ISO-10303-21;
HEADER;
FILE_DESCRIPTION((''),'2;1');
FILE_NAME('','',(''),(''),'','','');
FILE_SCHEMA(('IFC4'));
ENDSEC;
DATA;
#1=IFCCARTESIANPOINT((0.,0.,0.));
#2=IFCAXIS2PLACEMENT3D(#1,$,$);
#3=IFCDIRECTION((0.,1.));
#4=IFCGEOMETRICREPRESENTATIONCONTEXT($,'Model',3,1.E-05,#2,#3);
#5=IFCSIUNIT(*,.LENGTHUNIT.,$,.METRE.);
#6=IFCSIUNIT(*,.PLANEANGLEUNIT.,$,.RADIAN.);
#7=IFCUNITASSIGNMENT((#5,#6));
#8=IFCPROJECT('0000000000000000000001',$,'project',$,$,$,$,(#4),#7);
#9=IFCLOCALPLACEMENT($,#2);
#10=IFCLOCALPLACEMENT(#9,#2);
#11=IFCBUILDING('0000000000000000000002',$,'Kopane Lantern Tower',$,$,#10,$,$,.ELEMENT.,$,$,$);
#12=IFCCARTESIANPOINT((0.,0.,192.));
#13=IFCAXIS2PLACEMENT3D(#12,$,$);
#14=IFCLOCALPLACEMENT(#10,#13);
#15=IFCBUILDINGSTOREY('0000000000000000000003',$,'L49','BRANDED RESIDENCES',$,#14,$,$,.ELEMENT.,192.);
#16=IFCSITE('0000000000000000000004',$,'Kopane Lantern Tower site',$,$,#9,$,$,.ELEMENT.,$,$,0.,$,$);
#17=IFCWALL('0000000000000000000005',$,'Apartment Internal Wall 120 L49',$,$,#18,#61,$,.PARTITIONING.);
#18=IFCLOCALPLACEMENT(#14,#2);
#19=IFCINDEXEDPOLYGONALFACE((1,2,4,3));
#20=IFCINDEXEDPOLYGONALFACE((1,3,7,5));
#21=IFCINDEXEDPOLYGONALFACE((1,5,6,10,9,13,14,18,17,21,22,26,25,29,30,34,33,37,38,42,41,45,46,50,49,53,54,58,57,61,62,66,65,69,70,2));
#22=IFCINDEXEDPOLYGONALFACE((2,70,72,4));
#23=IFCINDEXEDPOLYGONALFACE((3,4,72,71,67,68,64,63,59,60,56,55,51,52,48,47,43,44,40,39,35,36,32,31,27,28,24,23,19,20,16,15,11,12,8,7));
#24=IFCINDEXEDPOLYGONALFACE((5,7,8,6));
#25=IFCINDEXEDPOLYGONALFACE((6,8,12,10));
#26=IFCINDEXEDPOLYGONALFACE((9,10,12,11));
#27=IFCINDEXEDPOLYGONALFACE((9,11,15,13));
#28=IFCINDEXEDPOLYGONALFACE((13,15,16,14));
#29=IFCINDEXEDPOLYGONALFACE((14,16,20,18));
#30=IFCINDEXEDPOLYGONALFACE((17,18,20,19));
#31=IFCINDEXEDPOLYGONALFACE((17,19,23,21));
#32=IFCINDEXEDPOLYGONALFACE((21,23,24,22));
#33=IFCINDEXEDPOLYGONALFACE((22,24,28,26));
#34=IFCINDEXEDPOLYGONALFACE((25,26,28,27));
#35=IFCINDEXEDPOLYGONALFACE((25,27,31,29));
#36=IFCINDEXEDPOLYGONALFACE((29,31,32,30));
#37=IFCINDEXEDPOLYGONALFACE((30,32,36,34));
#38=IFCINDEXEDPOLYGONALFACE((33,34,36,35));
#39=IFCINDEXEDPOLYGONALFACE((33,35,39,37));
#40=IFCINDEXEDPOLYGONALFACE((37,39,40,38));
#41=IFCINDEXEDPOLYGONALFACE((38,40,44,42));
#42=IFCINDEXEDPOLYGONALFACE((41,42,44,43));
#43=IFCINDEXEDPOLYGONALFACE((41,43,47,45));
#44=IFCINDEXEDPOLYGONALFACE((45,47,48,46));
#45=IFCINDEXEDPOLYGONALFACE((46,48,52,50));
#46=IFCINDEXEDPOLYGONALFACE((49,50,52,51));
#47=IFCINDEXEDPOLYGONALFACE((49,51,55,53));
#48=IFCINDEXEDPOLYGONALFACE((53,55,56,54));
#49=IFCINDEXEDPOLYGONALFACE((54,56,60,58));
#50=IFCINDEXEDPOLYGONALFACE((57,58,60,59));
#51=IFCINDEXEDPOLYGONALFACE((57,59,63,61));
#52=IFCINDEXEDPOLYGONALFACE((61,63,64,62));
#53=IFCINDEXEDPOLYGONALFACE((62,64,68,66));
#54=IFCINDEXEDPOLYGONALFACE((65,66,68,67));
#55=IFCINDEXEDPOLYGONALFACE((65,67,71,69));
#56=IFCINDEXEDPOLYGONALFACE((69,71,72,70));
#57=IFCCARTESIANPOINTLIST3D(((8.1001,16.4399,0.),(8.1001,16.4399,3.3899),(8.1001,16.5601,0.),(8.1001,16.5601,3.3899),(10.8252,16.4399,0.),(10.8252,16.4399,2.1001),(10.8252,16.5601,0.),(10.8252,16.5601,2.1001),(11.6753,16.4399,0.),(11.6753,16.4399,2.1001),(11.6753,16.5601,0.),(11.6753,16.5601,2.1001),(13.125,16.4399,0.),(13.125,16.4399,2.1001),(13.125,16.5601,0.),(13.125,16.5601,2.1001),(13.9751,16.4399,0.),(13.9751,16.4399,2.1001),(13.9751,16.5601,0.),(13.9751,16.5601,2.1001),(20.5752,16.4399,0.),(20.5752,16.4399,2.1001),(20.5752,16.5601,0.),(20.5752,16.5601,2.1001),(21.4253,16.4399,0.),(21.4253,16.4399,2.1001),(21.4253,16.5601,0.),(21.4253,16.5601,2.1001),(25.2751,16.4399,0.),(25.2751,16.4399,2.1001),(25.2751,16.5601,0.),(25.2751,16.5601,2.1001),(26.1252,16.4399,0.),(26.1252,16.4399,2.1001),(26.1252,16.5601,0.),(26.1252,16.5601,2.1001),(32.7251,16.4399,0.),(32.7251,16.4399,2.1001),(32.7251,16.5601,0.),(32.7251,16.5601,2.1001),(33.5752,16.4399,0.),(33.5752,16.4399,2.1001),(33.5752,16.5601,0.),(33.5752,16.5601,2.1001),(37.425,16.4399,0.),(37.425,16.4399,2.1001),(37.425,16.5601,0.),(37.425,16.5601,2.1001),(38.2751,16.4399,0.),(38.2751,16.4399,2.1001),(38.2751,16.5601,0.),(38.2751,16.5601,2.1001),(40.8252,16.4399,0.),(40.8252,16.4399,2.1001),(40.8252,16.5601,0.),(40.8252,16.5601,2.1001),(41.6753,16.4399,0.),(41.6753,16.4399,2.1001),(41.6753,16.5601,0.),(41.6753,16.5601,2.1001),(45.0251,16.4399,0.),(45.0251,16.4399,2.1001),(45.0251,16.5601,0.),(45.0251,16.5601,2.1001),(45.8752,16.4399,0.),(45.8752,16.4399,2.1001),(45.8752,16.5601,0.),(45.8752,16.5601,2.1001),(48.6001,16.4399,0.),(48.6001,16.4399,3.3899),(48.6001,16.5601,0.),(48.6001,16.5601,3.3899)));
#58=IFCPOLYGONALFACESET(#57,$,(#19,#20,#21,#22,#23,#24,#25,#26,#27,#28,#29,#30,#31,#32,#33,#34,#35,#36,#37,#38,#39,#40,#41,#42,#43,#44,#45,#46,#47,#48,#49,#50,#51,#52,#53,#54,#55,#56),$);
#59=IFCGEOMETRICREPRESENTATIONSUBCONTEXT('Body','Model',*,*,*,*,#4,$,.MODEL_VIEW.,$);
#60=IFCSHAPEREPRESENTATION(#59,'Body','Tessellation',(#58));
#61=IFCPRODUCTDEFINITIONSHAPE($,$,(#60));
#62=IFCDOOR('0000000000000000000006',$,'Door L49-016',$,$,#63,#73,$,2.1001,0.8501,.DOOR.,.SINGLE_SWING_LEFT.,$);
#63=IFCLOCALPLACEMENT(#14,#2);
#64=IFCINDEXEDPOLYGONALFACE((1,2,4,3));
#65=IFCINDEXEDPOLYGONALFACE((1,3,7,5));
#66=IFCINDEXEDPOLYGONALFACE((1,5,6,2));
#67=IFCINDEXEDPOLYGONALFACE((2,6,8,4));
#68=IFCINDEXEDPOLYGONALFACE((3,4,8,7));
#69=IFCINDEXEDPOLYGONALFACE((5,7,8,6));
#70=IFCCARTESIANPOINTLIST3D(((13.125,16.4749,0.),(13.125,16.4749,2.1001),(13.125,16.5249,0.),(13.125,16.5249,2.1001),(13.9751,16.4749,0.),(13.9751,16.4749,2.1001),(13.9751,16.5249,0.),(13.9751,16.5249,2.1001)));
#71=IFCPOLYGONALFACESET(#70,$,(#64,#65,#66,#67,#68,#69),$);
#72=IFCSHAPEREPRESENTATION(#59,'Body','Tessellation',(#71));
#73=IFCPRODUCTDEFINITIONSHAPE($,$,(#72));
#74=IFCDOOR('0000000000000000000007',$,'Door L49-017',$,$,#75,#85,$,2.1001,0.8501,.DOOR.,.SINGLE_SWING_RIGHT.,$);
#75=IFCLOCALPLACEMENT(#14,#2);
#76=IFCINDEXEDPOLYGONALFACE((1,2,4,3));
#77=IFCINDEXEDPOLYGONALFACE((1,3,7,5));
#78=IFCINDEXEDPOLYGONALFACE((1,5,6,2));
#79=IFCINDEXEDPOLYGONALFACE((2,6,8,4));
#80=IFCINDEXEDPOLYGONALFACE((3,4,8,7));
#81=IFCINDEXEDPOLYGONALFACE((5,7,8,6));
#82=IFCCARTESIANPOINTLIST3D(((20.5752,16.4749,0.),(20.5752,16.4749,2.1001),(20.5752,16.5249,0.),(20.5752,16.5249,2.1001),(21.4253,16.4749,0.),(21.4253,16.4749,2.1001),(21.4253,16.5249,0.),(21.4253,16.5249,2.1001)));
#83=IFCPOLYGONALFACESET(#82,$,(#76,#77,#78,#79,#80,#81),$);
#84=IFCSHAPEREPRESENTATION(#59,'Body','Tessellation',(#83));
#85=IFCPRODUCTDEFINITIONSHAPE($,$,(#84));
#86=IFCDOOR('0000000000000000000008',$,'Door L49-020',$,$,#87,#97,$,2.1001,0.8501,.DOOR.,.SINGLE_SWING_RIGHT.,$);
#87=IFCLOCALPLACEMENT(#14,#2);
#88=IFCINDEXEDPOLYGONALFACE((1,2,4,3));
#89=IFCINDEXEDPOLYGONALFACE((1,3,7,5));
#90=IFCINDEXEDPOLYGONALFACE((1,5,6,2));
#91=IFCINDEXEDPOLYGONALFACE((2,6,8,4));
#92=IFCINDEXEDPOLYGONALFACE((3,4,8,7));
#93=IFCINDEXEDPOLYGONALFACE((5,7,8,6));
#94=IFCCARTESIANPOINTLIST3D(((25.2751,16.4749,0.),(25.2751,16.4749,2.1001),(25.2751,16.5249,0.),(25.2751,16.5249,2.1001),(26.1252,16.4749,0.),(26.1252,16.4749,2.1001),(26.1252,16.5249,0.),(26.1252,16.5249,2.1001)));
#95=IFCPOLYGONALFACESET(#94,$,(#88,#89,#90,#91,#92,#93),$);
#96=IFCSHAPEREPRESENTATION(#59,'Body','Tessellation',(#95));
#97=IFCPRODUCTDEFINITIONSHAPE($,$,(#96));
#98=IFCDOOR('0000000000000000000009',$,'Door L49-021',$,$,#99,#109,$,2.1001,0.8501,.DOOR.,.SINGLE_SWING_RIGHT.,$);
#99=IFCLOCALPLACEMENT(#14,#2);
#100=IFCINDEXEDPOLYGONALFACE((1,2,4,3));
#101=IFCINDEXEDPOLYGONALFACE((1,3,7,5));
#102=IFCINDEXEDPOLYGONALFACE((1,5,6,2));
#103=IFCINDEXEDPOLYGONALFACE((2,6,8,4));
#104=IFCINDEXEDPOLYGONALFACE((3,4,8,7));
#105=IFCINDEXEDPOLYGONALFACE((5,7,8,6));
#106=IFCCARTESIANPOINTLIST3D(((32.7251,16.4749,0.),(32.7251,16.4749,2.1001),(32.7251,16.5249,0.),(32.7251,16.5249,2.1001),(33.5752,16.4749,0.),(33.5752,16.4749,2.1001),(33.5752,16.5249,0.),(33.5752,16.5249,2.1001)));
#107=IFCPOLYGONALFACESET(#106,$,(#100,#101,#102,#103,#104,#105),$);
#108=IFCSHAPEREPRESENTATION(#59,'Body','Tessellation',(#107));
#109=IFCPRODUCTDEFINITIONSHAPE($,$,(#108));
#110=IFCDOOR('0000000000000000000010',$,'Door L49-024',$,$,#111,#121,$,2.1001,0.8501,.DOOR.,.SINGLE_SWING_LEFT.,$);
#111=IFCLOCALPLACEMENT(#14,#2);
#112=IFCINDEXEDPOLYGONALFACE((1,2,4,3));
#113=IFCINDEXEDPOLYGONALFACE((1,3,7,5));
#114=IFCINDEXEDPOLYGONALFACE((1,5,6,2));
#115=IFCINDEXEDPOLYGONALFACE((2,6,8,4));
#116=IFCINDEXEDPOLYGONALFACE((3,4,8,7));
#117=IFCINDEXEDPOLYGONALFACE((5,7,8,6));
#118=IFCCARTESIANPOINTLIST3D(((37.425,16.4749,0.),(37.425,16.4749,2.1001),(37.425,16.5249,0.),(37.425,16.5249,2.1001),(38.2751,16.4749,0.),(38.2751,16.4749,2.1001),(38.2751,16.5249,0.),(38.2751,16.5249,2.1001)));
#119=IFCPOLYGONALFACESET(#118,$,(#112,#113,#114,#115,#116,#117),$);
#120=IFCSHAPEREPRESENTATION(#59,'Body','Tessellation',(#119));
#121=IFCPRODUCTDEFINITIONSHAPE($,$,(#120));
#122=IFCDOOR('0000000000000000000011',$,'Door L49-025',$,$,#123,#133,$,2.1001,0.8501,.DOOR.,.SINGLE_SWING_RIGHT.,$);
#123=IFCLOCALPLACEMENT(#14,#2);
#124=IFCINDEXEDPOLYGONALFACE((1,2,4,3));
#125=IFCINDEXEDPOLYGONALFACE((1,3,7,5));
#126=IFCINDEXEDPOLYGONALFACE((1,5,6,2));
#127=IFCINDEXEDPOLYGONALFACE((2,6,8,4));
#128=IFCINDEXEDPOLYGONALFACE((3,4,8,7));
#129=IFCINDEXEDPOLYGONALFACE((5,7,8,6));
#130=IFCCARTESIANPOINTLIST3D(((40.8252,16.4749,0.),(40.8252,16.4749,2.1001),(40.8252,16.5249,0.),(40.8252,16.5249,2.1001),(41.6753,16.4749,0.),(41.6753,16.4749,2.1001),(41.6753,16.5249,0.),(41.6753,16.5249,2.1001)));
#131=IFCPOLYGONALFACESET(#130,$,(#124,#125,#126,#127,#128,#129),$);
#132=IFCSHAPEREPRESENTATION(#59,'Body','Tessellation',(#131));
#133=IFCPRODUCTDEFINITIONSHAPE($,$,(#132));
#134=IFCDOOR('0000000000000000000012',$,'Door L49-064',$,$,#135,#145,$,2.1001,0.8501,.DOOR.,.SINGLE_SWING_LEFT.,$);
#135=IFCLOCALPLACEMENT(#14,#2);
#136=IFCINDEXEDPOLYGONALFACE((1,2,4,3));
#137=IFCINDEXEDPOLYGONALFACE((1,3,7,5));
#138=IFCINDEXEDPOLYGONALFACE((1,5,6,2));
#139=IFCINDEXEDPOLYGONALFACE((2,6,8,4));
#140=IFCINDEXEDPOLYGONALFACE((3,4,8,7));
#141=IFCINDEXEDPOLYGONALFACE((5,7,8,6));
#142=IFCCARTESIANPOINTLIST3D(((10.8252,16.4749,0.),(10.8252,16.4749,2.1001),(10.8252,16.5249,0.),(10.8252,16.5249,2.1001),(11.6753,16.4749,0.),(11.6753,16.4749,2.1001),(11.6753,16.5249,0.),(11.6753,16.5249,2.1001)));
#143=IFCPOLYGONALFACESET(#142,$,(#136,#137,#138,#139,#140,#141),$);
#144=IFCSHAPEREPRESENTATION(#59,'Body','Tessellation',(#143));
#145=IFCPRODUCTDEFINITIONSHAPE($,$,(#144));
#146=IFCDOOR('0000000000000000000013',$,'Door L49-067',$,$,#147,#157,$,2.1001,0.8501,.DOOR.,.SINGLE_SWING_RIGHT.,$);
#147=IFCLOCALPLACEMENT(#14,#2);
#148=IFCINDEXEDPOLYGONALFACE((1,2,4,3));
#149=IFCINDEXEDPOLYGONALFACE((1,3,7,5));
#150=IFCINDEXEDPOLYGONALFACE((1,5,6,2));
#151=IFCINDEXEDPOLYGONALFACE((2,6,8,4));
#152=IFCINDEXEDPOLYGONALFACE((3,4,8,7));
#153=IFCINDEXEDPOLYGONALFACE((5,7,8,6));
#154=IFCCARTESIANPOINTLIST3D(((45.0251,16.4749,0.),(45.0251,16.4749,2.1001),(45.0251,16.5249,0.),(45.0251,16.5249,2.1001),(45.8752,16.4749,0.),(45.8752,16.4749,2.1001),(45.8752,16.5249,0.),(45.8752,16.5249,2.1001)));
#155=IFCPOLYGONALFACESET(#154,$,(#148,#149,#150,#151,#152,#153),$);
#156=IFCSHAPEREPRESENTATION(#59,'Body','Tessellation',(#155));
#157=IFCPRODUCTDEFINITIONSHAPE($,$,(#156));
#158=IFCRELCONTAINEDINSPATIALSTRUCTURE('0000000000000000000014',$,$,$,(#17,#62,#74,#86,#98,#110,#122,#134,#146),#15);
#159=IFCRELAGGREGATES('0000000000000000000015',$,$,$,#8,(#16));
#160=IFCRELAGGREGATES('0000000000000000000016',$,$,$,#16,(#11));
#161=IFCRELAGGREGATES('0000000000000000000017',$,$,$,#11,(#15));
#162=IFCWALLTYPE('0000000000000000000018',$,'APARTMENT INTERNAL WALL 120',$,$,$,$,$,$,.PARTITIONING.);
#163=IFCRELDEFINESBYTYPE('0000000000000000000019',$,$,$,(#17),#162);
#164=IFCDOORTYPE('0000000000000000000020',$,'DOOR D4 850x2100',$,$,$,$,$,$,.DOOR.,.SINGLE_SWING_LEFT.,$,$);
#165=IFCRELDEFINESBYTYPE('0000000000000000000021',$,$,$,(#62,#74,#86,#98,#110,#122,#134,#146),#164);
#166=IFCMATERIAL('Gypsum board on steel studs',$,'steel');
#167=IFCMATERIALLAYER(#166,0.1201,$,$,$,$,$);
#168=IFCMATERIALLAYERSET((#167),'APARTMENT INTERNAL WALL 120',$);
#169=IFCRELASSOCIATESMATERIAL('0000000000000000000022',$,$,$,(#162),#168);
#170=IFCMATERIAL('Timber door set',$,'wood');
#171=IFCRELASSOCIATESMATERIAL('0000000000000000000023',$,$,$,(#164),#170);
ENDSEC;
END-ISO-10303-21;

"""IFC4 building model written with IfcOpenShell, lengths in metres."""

from ifc_helpers import new_model, si_unit, direction, frame, frame_2d, origin, place, context, subcontext, project, spatial, rectangle, extrude, material, layer, layer_set, type_object, element, fill, save


model = new_model("IFC4")

# Units and contexts
model_context = context("Model", 3, precision=1e-05, world=origin(), true_north=direction((0.0, 1.0)))
body_context = subcontext(model_context, "Body", "Model", "MODEL_VIEW")
ifc_project = project(units=[si_unit("LENGTHUNIT", "METRE"), si_unit("PLANEANGLEUNIT", "RADIAN")], contexts=[model_context])

# Site, building, storey
site_placement = place(None, origin())
site = spatial("IfcSite", under=ifc_project, at=site_placement, Name="Kopane Lantern Tower site", CompositionType="ELEMENT", RefElevation=0.0)
building_placement = place(site_placement, origin())
building = spatial("IfcBuilding", under=site, at=building_placement, Name="Kopane Lantern Tower", CompositionType="ELEMENT")
storey_placement = place(building_placement, frame((0.0, 0.0, 192.0)))
storey = spatial("IfcBuildingStorey", under=building, at=storey_placement, Name="L49", Description="BRANDED RESIDENCES", CompositionType="ELEMENT", Elevation=192.0)

# Wall, openings, doors
ifc_material_1 = material(Name="Gypsum board on steel studs", Category="steel")
ifc_layer_1 = layer(ifc_material_1, 0.1201)
ifc_layer_set_1 = layer_set([ifc_layer_1], Name="APARTMENT INTERNAL WALL 120")
wall_type_1 = type_object("IfcWallType", Name="APARTMENT INTERNAL WALL 120", PredefinedType="PARTITIONING", material=ifc_layer_set_1)
ifc_material_2 = material(Name="Timber door set", Category="wood")
door_type = type_object("IfcDoorType", Name="DOOR D4 850x2100", OperationType="SINGLE_SWING_LEFT", PredefinedType="DOOR", material=ifc_material_2)
wall_1_placement = place(storey_placement, frame((8.1001, 16.5, 0.0), z_axis=(0.0, 0.0, 1.0), x_axis=(1.0, 0.0, 0.0)))
wall_1 = element("IfcWall", 1, at=wall_1_placement, inside=storey, type_object=wall_type_1, Name="Apartment Internal Wall 120 L49", PredefinedType="PARTITIONING", context=body_context, shape_type="SweptSolid", body=[
    extrude(rectangle(XDim=40.5, YDim=0.1201, at=frame_2d((20.25, 0.0))), origin(), (0.0, 0.0, 1.0), 3.3899),
])
opening_1_placement = place(wall_1_placement, frame((5.0249, 0.0, 0.0)))
opening_1 = element("IfcOpeningElement", 2, at=opening_1_placement, cuts=wall_1, PredefinedType="OPENING", context=body_context, shape_type="SweptSolid", body=[
    extrude(rectangle(XDim=0.8501, YDim=2.1001, at=frame_2d((0.425, 1.05))), frame((0.0, 0.0701, 0.0), z_axis=(0.0, -1.0, 0.0), x_axis=(1.0, 0.0, 0.0)), (0.0, 0.0, 1.0), 0.1401),
])
opening_2_placement = place(wall_1_placement, frame((12.4751, 0.0, 0.0)))
opening_2 = element("IfcOpeningElement", 3, at=opening_2_placement, cuts=wall_1, PredefinedType="OPENING", context=body_context, shape_type="SweptSolid", body=[
    extrude(rectangle(XDim=0.8501, YDim=2.1001, at=frame_2d((0.425, 1.05))), frame((0.0, 0.0701, 0.0), z_axis=(0.0, -1.0, 0.0), x_axis=(1.0, 0.0, 0.0)), (0.0, 0.0, 1.0), 0.1401),
])
opening_3_placement = place(wall_1_placement, frame((17.175, 0.0, 0.0)))
opening_3 = element("IfcOpeningElement", 4, at=opening_3_placement, cuts=wall_1, PredefinedType="OPENING", context=body_context, shape_type="SweptSolid", body=[
    extrude(rectangle(XDim=0.8501, YDim=2.1001, at=frame_2d((0.425, 1.05))), frame((0.0, 0.0701, 0.0), z_axis=(0.0, -1.0, 0.0), x_axis=(1.0, 0.0, 0.0)), (0.0, 0.0, 1.0), 0.1401),
])
opening_4_placement = place(wall_1_placement, frame((24.625, 0.0, 0.0)))
opening_4 = element("IfcOpeningElement", 5, at=opening_4_placement, cuts=wall_1, PredefinedType="OPENING", context=body_context, shape_type="SweptSolid", body=[
    extrude(rectangle(XDim=0.8501, YDim=2.1001, at=frame_2d((0.425, 1.05))), frame((0.0, 0.0701, 0.0), z_axis=(0.0, -1.0, 0.0), x_axis=(1.0, 0.0, 0.0)), (0.0, 0.0, 1.0), 0.1401),
])
opening_5_placement = place(wall_1_placement, frame((29.325, 0.0, 0.0)))
opening_5 = element("IfcOpeningElement", 6, at=opening_5_placement, cuts=wall_1, PredefinedType="OPENING", context=body_context, shape_type="SweptSolid", body=[
    extrude(rectangle(XDim=0.8501, YDim=2.1001, at=frame_2d((0.425, 1.05))), frame((0.0, 0.0701, 0.0), z_axis=(0.0, -1.0, 0.0), x_axis=(1.0, 0.0, 0.0)), (0.0, 0.0, 1.0), 0.1401),
])
opening_6_placement = place(wall_1_placement, frame((32.7251, 0.0, 0.0)))
opening_6 = element("IfcOpeningElement", 7, at=opening_6_placement, cuts=wall_1, PredefinedType="OPENING", context=body_context, shape_type="SweptSolid", body=[
    extrude(rectangle(XDim=0.8501, YDim=2.1001, at=frame_2d((0.425, 1.05))), frame((0.0, 0.0701, 0.0), z_axis=(0.0, -1.0, 0.0), x_axis=(1.0, 0.0, 0.0)), (0.0, 0.0, 1.0), 0.1401),
])
opening_7_placement = place(wall_1_placement, frame((2.7251, 0.0, 0.0)))
opening_7 = element("IfcOpeningElement", 8, at=opening_7_placement, cuts=wall_1, PredefinedType="OPENING", context=body_context, shape_type="SweptSolid", body=[
    extrude(rectangle(XDim=0.8501, YDim=2.1001, at=frame_2d((0.425, 1.05))), frame((0.0, 0.0701, 0.0), z_axis=(0.0, -1.0, 0.0), x_axis=(1.0, 0.0, 0.0)), (0.0, 0.0, 1.0), 0.1401),
])
opening_8_placement = place(wall_1_placement, frame((36.925, 0.0, 0.0)))
opening_8 = element("IfcOpeningElement", 9, at=opening_8_placement, cuts=wall_1, PredefinedType="OPENING", context=body_context, shape_type="SweptSolid", body=[
    extrude(rectangle(XDim=0.8501, YDim=2.1001, at=frame_2d((0.425, 1.05))), frame((0.0, 0.0701, 0.0), z_axis=(0.0, -1.0, 0.0), x_axis=(1.0, 0.0, 0.0)), (0.0, 0.0, 1.0), 0.1401),
])
door_1_placement = place(opening_1_placement, origin())
door_1 = element("IfcDoor", 10, at=door_1_placement, inside=storey, type_object=door_type, Name="Door L49-016", OperationType="SINGLE_SWING_LEFT", OverallHeight=2.1001, OverallWidth=0.8501, PredefinedType="DOOR", context=body_context, shape_type="SweptSolid", body=[
    extrude(rectangle(XDim=0.8501, YDim=2.1001, at=frame_2d((0.425, 1.05))), frame((0.0, 0.0249, 0.0), z_axis=(0.0, -1.0, 0.0), x_axis=(1.0, 0.0, 0.0)), (0.0, 0.0, 1.0), 0.05),
])
fill(opening_1, door_1)
door_2_placement = place(opening_2_placement, origin())
door_2 = element("IfcDoor", 11, at=door_2_placement, inside=storey, type_object=door_type, Name="Door L49-017", OperationType="SINGLE_SWING_RIGHT", OverallHeight=2.1001, OverallWidth=0.8501, PredefinedType="DOOR", context=body_context, shape_type="SweptSolid", body=[
    extrude(rectangle(XDim=0.8501, YDim=2.1001, at=frame_2d((0.425, 1.05))), frame((0.0, 0.0249, 0.0), z_axis=(0.0, -1.0, 0.0), x_axis=(1.0, 0.0, 0.0)), (0.0, 0.0, 1.0), 0.05),
])
fill(opening_2, door_2)
door_3_placement = place(opening_3_placement, origin())
door_3 = element("IfcDoor", 12, at=door_3_placement, inside=storey, type_object=door_type, Name="Door L49-020", OperationType="SINGLE_SWING_RIGHT", OverallHeight=2.1001, OverallWidth=0.8501, PredefinedType="DOOR", context=body_context, shape_type="SweptSolid", body=[
    extrude(rectangle(XDim=0.8501, YDim=2.1001, at=frame_2d((0.425, 1.05))), frame((0.0, 0.0249, 0.0), z_axis=(0.0, -1.0, 0.0), x_axis=(1.0, 0.0, 0.0)), (0.0, 0.0, 1.0), 0.05),
])
fill(opening_3, door_3)
door_4_placement = place(opening_4_placement, origin())
door_4 = element("IfcDoor", 13, at=door_4_placement, inside=storey, type_object=door_type, Name="Door L49-021", OperationType="SINGLE_SWING_RIGHT", OverallHeight=2.1001, OverallWidth=0.8501, PredefinedType="DOOR", context=body_context, shape_type="SweptSolid", body=[
    extrude(rectangle(XDim=0.8501, YDim=2.1001, at=frame_2d((0.425, 1.05))), frame((0.0, 0.0249, 0.0), z_axis=(0.0, -1.0, 0.0), x_axis=(1.0, 0.0, 0.0)), (0.0, 0.0, 1.0), 0.05),
])
fill(opening_4, door_4)
door_5_placement = place(opening_5_placement, origin())
door_5 = element("IfcDoor", 14, at=door_5_placement, inside=storey, type_object=door_type, Name="Door L49-024", OperationType="SINGLE_SWING_LEFT", OverallHeight=2.1001, OverallWidth=0.8501, PredefinedType="DOOR", context=body_context, shape_type="SweptSolid", body=[
    extrude(rectangle(XDim=0.8501, YDim=2.1001, at=frame_2d((0.425, 1.05))), frame((0.0, 0.0249, 0.0), z_axis=(0.0, -1.0, 0.0), x_axis=(1.0, 0.0, 0.0)), (0.0, 0.0, 1.0), 0.05),
])
fill(opening_5, door_5)
door_6_placement = place(opening_6_placement, origin())
door_6 = element("IfcDoor", 15, at=door_6_placement, inside=storey, type_object=door_type, Name="Door L49-025", OperationType="SINGLE_SWING_RIGHT", OverallHeight=2.1001, OverallWidth=0.8501, PredefinedType="DOOR", context=body_context, shape_type="SweptSolid", body=[
    extrude(rectangle(XDim=0.8501, YDim=2.1001, at=frame_2d((0.425, 1.05))), frame((0.0, 0.0249, 0.0), z_axis=(0.0, -1.0, 0.0), x_axis=(1.0, 0.0, 0.0)), (0.0, 0.0, 1.0), 0.05),
])
fill(opening_6, door_6)
door_7_placement = place(opening_7_placement, origin())
door_7 = element("IfcDoor", 16, at=door_7_placement, inside=storey, type_object=door_type, Name="Door L49-064", OperationType="SINGLE_SWING_LEFT", OverallHeight=2.1001, OverallWidth=0.8501, PredefinedType="DOOR", context=body_context, shape_type="SweptSolid", body=[
    extrude(rectangle(XDim=0.8501, YDim=2.1001, at=frame_2d((0.425, 1.05))), frame((0.0, 0.0249, 0.0), z_axis=(0.0, -1.0, 0.0), x_axis=(1.0, 0.0, 0.0)), (0.0, 0.0, 1.0), 0.05),
])
fill(opening_7, door_7)
door_8_placement = place(opening_8_placement, origin())
door_8 = element("IfcDoor", 17, at=door_8_placement, inside=storey, type_object=door_type, Name="Door L49-067", OperationType="SINGLE_SWING_RIGHT", OverallHeight=2.1001, OverallWidth=0.8501, PredefinedType="DOOR", context=body_context, shape_type="SweptSolid", body=[
    extrude(rectangle(XDim=0.8501, YDim=2.1001, at=frame_2d((0.425, 1.05))), frame((0.0, 0.0249, 0.0), z_axis=(0.0, -1.0, 0.0), x_axis=(1.0, 0.0, 0.0)), (0.0, 0.0, 1.0), 0.05),
])
fill(opening_8, door_8)

save(model, "model.ifc")
